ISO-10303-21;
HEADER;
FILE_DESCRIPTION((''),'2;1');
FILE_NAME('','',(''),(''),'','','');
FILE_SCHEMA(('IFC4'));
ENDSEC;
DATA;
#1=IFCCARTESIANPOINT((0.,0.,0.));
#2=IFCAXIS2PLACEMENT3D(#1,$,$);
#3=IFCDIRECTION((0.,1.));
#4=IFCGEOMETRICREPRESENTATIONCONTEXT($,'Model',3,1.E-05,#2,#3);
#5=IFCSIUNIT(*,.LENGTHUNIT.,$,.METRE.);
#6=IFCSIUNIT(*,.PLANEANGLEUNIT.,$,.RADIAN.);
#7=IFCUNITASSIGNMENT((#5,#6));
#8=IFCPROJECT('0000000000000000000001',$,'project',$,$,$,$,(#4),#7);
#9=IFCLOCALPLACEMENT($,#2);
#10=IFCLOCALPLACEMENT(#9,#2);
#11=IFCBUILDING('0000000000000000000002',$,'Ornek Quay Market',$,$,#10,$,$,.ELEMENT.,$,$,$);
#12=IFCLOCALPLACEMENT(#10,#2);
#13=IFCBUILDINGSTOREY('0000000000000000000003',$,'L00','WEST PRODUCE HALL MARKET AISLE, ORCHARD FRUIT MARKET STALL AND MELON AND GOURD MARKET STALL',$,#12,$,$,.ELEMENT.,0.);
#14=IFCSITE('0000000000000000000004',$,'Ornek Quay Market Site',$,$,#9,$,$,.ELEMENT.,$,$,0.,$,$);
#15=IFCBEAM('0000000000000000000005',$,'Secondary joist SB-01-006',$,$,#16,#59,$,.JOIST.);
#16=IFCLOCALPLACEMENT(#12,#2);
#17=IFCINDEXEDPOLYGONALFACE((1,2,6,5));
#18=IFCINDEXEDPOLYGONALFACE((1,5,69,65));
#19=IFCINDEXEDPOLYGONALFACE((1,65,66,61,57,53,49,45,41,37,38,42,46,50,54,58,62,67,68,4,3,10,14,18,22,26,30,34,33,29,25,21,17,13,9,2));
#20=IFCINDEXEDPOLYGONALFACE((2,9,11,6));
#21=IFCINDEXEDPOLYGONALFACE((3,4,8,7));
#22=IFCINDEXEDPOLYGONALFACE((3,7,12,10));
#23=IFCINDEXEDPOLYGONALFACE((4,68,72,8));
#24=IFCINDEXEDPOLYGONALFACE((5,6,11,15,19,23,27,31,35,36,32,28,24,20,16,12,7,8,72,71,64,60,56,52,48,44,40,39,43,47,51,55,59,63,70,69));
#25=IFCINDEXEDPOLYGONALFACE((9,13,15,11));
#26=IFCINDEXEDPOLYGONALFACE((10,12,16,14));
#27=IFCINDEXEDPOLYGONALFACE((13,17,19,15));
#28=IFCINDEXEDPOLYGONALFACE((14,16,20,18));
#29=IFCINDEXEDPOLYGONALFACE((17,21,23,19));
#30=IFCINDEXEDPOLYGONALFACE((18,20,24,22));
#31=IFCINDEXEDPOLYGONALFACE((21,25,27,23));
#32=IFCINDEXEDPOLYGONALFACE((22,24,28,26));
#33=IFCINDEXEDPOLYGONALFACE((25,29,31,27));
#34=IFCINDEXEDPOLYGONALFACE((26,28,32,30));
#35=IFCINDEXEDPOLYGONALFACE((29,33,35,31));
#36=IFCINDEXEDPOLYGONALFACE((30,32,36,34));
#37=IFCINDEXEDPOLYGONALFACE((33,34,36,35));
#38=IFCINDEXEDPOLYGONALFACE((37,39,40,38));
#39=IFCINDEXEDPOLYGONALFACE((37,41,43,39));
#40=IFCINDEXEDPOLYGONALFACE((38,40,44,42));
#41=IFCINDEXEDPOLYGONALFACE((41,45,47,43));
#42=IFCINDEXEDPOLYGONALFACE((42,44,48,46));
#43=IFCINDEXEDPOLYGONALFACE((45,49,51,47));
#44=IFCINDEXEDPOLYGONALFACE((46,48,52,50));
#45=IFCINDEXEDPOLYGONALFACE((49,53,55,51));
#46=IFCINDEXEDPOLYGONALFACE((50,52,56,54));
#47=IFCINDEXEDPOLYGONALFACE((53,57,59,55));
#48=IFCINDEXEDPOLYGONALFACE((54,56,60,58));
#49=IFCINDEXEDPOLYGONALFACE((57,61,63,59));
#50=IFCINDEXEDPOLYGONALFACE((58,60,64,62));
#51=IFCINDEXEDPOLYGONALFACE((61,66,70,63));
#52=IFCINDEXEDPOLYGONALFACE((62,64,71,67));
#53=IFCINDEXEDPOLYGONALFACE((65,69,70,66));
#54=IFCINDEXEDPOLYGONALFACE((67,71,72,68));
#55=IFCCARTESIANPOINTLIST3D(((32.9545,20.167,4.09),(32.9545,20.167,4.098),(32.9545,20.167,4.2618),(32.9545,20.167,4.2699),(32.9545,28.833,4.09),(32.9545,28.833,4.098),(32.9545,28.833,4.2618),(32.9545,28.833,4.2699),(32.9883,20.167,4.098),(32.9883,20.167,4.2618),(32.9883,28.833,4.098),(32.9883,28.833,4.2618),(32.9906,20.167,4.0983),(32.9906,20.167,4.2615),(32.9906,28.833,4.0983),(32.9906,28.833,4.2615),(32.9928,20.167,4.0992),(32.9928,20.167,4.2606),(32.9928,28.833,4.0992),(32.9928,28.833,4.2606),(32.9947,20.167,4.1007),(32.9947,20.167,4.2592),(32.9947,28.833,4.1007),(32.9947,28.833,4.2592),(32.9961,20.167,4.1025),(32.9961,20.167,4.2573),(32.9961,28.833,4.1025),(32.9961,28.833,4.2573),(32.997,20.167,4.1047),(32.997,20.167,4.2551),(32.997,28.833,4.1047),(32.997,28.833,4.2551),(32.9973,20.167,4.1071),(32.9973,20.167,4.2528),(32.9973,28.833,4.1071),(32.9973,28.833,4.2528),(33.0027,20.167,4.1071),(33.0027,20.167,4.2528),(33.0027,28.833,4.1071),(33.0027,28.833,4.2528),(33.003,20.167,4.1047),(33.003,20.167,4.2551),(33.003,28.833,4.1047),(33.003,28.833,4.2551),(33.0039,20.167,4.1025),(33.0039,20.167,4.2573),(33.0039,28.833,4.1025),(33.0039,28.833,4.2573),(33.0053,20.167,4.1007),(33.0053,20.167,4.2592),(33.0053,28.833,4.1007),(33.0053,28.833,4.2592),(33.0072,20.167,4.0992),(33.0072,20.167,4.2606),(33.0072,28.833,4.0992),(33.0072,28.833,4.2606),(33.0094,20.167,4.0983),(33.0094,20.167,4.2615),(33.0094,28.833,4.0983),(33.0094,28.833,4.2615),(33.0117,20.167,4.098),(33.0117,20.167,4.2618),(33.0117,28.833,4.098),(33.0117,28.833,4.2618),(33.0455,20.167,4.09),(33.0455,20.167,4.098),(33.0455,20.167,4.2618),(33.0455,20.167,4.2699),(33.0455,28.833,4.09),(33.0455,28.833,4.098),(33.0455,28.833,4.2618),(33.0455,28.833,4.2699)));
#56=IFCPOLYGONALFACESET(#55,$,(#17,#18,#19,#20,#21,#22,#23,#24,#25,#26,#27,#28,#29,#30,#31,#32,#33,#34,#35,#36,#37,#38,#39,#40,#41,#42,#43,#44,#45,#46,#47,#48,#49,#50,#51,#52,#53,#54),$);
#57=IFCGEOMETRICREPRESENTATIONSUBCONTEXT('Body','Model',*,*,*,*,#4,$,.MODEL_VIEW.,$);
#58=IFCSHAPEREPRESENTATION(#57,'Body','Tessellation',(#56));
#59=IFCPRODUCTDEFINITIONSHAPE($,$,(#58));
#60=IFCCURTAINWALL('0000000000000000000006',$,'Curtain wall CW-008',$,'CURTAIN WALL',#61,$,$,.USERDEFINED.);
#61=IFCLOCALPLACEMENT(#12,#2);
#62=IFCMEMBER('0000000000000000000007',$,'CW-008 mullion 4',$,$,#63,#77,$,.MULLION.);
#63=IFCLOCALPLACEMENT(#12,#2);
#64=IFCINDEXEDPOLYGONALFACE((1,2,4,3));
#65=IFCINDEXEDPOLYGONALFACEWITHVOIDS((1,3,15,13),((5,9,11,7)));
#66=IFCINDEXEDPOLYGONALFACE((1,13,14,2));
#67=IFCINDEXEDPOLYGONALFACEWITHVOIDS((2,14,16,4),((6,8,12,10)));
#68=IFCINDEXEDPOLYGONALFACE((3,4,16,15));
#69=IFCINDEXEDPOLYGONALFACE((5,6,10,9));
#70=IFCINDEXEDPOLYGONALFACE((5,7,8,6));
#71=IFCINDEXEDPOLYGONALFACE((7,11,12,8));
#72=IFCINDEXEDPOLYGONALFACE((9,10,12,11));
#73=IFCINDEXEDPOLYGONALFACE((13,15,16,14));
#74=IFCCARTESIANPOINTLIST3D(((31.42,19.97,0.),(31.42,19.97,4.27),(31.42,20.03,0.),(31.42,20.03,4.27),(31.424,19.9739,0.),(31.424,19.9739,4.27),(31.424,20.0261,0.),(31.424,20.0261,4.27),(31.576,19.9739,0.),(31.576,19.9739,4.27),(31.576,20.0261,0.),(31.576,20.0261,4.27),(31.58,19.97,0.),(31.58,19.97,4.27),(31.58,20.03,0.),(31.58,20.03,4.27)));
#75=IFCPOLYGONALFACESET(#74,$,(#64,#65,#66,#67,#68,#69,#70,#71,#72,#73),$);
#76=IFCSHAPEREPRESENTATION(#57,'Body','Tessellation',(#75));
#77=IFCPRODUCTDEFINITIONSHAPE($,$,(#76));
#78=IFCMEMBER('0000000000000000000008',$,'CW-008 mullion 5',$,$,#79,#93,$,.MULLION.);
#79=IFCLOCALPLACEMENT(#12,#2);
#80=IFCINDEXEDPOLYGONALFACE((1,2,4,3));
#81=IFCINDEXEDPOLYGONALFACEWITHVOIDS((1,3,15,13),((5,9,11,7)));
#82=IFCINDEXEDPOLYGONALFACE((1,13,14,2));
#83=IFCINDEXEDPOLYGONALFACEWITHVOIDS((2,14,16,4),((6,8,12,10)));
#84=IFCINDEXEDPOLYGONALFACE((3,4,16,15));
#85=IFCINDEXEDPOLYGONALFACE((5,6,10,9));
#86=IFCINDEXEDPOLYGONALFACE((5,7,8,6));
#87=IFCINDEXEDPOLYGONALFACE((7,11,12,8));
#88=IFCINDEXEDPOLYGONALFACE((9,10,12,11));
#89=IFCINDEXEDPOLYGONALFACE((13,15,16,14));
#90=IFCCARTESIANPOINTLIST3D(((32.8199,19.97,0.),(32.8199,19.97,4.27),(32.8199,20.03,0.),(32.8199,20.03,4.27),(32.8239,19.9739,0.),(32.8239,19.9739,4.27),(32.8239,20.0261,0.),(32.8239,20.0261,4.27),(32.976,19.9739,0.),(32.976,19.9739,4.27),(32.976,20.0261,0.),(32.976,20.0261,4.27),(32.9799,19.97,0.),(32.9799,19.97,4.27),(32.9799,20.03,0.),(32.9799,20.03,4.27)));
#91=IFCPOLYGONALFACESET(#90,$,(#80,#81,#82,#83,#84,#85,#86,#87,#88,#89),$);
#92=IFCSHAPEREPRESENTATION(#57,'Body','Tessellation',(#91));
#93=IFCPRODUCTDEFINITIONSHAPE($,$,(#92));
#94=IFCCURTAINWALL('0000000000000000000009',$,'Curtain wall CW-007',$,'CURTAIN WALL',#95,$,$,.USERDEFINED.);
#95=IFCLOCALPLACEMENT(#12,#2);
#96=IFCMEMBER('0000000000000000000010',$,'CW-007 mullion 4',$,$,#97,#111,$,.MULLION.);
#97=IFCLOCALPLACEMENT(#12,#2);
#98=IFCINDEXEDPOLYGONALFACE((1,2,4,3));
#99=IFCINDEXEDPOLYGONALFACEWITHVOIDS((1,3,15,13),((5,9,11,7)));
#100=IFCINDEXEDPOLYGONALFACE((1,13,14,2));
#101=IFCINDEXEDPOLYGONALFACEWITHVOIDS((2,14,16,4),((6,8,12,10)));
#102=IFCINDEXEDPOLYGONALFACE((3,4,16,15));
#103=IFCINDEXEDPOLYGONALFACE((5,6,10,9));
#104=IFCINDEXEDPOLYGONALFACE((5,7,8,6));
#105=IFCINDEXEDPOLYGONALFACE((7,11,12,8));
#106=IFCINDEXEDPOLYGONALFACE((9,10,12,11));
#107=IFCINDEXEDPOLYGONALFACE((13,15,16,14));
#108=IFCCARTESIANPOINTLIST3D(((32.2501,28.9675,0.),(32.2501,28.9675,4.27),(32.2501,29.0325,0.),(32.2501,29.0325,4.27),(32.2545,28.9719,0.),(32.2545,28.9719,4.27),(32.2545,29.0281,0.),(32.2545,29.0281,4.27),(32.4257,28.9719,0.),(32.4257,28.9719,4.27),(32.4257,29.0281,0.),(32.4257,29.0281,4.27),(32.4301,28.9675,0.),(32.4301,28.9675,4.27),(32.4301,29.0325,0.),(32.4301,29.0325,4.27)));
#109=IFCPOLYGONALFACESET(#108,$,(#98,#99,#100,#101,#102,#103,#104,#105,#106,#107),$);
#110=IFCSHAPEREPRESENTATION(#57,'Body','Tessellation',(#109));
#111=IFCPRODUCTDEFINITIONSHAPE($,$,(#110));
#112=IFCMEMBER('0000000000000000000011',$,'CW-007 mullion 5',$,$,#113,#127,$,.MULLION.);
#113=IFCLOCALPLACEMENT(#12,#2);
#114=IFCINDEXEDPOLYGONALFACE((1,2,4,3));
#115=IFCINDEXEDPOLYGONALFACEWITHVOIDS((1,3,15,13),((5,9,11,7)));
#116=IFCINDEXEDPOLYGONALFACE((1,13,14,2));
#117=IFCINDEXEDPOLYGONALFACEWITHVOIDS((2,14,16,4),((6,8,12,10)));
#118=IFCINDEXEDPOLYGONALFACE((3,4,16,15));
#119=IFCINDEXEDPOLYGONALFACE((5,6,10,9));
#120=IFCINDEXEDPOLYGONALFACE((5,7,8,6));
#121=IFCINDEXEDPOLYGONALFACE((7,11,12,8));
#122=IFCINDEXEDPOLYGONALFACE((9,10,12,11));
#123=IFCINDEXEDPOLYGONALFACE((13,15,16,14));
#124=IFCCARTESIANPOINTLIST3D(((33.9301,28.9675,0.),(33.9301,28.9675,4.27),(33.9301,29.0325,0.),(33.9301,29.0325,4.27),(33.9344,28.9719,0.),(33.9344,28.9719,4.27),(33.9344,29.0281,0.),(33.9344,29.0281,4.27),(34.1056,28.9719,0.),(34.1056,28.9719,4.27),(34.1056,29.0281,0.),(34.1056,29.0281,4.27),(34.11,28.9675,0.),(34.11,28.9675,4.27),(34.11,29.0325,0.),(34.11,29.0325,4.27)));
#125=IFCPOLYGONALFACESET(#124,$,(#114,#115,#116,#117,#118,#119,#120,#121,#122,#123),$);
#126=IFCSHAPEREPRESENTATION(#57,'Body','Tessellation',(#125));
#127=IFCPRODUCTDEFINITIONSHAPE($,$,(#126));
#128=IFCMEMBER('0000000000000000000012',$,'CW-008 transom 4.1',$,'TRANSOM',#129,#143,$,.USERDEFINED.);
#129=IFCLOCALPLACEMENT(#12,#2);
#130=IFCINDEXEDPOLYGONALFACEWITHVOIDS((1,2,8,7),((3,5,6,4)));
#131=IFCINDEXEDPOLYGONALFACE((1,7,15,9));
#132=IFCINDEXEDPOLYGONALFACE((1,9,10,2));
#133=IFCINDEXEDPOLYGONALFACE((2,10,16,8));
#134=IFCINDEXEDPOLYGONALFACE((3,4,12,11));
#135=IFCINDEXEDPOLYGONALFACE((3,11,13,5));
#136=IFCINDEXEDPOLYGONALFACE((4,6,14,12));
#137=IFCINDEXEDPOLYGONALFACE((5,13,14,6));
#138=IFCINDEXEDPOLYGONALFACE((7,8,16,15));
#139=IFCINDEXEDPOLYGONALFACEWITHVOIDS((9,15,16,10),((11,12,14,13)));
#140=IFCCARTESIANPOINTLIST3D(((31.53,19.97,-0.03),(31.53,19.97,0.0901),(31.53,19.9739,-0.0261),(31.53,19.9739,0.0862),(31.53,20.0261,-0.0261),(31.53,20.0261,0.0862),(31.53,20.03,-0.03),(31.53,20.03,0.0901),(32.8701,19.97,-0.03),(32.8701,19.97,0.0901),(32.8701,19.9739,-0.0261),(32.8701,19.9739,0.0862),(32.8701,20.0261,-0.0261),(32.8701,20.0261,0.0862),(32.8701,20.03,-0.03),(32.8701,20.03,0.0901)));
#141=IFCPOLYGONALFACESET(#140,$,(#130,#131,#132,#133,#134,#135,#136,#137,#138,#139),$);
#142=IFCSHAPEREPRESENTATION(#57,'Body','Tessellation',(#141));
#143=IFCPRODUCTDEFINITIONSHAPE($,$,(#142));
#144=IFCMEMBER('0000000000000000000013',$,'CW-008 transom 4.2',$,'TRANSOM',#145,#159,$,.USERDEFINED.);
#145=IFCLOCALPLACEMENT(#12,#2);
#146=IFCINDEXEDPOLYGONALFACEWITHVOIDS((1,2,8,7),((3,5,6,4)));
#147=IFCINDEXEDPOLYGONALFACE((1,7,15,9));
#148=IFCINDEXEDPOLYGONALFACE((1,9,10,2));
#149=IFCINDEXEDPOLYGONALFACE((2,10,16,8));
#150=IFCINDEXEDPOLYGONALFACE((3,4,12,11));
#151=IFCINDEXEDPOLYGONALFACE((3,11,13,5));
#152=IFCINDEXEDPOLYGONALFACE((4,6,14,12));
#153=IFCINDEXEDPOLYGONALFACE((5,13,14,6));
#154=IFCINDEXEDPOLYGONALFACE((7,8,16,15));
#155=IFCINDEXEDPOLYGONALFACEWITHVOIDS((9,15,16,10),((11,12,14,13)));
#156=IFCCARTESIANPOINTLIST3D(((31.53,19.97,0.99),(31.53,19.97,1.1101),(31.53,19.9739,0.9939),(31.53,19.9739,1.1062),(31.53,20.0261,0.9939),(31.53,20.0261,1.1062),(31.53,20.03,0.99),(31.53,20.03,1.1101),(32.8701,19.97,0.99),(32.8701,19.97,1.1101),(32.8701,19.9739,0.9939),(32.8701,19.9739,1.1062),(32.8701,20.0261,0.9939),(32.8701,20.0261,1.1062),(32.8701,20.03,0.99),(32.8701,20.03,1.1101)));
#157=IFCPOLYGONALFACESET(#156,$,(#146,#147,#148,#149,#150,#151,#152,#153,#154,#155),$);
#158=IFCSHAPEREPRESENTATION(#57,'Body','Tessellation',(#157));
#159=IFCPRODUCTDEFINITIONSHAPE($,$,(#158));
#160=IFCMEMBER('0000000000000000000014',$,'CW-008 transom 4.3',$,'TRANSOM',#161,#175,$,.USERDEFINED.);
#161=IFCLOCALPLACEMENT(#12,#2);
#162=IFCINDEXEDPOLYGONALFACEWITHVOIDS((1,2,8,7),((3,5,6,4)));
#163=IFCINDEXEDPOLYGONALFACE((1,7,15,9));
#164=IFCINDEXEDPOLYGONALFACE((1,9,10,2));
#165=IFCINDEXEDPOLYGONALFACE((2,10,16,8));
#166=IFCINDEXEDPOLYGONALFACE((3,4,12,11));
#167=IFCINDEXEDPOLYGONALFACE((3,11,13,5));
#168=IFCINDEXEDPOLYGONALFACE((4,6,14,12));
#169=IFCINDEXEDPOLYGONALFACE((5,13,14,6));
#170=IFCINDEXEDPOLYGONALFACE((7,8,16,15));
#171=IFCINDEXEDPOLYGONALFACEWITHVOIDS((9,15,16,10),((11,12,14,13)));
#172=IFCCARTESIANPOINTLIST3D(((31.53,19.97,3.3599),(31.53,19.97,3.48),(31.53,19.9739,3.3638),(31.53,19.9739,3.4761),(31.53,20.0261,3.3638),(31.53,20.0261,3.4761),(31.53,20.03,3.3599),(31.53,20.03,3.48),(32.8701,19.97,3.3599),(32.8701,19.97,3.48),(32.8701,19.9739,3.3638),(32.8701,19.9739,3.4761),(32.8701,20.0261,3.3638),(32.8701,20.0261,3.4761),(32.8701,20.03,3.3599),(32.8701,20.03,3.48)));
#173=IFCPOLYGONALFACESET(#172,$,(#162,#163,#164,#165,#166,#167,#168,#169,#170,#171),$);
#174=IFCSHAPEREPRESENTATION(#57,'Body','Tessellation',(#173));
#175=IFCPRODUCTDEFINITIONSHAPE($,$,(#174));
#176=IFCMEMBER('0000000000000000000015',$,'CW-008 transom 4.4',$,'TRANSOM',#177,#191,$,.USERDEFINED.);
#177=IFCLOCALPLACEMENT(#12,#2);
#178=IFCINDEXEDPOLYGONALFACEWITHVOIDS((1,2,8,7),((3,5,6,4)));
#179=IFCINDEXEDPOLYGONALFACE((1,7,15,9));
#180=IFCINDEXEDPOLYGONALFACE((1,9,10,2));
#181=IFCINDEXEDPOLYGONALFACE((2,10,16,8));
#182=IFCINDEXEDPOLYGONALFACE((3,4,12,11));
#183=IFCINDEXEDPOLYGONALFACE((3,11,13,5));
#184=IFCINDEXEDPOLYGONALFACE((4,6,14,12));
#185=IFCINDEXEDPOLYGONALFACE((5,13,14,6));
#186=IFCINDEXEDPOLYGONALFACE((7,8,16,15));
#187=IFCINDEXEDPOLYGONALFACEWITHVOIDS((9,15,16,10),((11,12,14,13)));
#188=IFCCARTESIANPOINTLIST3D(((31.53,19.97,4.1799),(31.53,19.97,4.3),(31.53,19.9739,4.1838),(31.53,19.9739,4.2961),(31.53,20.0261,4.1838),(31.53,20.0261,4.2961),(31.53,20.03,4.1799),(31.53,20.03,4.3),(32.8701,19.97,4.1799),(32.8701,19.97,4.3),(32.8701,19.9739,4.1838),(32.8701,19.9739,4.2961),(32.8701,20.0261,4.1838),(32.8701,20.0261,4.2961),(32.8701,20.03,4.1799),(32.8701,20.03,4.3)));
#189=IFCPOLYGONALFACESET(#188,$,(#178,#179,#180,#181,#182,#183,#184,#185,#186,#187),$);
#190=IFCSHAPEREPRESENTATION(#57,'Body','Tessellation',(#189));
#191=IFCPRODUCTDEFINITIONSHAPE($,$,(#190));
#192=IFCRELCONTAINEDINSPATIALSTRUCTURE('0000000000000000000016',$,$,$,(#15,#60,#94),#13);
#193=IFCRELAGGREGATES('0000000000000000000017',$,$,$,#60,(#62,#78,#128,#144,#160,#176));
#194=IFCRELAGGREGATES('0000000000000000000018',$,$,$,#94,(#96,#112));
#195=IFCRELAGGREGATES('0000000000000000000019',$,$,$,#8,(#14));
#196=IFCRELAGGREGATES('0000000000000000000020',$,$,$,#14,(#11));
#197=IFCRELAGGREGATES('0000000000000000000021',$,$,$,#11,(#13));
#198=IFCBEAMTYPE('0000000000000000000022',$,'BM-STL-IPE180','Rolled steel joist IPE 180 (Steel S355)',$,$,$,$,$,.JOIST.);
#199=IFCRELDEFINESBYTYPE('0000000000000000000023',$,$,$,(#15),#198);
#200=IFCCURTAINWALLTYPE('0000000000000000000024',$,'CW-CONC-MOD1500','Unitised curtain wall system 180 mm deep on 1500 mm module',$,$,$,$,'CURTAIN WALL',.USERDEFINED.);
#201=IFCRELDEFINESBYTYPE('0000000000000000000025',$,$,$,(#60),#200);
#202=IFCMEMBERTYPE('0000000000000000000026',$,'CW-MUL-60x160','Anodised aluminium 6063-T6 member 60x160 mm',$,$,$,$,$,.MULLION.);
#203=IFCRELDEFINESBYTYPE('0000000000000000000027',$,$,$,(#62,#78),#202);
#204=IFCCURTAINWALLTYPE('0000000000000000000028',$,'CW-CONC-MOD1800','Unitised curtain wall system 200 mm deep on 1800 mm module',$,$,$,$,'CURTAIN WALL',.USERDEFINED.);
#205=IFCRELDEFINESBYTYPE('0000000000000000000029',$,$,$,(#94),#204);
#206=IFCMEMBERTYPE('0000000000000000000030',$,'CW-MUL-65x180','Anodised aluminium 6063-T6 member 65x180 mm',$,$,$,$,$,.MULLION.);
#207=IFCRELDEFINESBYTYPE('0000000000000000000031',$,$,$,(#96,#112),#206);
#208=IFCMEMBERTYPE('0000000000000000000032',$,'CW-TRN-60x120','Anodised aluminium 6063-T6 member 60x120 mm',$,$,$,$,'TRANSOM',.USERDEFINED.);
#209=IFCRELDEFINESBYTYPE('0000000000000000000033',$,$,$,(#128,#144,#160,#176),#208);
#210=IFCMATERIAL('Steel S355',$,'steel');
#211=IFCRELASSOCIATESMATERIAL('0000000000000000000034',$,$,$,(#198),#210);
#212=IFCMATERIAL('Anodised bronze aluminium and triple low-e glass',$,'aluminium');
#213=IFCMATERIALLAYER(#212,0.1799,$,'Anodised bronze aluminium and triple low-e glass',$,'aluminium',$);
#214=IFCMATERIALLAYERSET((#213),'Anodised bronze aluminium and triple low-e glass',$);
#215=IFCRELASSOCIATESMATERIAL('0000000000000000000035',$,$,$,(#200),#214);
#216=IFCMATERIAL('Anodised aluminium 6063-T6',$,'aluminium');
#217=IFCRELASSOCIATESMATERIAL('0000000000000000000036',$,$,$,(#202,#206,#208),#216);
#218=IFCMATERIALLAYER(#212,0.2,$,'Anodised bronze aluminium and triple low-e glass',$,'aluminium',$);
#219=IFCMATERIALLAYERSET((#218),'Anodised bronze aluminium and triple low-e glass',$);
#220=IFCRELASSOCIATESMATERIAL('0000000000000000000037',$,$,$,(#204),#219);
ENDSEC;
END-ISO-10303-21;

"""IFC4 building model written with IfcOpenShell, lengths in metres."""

from ifc_helpers import new_model, si_unit, direction, frame, origin, origin_2d, place, context, subcontext, project, spatial, hollow_rectangle, i_section, extrude, material, layer, layer_set, material_profile, profile_set, type_object, element, aggregate, save


model = new_model("IFC4")

# Units and contexts
model_context = context("Model", 3, precision=1e-05, world=origin(), true_north=direction((0.0, 1.0)))
body_context = subcontext(model_context, "Body", "Model", "MODEL_VIEW")
ifc_project = project(units=[si_unit("LENGTHUNIT", "METRE"), si_unit("PLANEANGLEUNIT", "RADIAN")], contexts=[model_context])

# Site, building, storey
site_placement = place(None, origin())
site = spatial("IfcSite", under=ifc_project, at=site_placement, Name="Ornek Quay Market Site", CompositionType="ELEMENT", RefElevation=0.0)
building_placement = place(site_placement, origin())
building = spatial("IfcBuilding", under=site, at=building_placement, Name="Ornek Quay Market", CompositionType="ELEMENT")
storey_placement = place(building_placement, origin())
storey = spatial("IfcBuildingStorey", under=building, at=storey_placement, Name="L00", Description="WEST PRODUCE HALL MARKET AISLE, ORCHARD FRUIT MARKET STALL AND MELON AND GOURD MARKET STALL", CompositionType="ELEMENT", Elevation=0.0)

# Beam
ifc_material_1 = material(Name="Steel S355", Category="steel")
ifc_material_profile_1 = material_profile(ifc_material_1, i_section(OverallWidth=0.0911, OverallDepth=0.1799, WebThickness=0.0054, FlangeThickness=0.0081, FilletRadius=0.009, at=origin_2d()), Name="IPE 180", Category="steel")
ifc_profile_set_1 = profile_set([ifc_material_profile_1], Name="Steel S355")
beam_type = type_object("IfcBeamType", Name="BM-STL-IPE180", Description="Rolled steel joist IPE 180 (Steel S355)", PredefinedType="JOIST", material=ifc_profile_set_1)
beam_placement = place(storey_placement, frame((33.0, 20.167, 4.1799), z_axis=(0.0, 1.0, 0.0), x_axis=(-1.0, 0.0, 0.0)))
element("IfcBeam", 1, at=beam_placement, inside=storey, type_object=beam_type, Name="Secondary joist SB-01-006", PredefinedType="JOIST", context=body_context, shape_type="SweptSolid", body=[
    extrude(i_section(OverallWidth=0.0911, OverallDepth=0.1799, WebThickness=0.0054, FlangeThickness=0.0081, FilletRadius=0.009, at=origin_2d()), origin(), (0.0, 0.0, 1.0), 8.666),
])

# Curtain walls, members
ifc_material_2 = material(Name="Anodised bronze aluminium and triple low-e glass", Category="aluminium")
ifc_layer_1 = layer(ifc_material_2, 0.1799, Name="Anodised bronze aluminium and triple low-e glass", Category="aluminium")
ifc_layer_set_1 = layer_set([ifc_layer_1], Name="Anodised bronze aluminium and triple low-e glass")
curtain_wall_type_1 = type_object("IfcCurtainWallType", Name="CW-CONC-MOD1500", Description="Unitised curtain wall system 180 mm deep on 1500 mm module", ElementType="CURTAIN WALL", PredefinedType="USERDEFINED", material=ifc_layer_set_1)
curtain_wall_1_placement = place(storey_placement, origin())
curtain_wall_1 = element("IfcCurtainWall", 2, at=curtain_wall_1_placement, inside=storey, type_object=curtain_wall_type_1, Name="Curtain wall CW-008", ObjectType="CURTAIN WALL", PredefinedType="USERDEFINED")
ifc_material_3 = material(Name="Anodised aluminium 6063-T6", Category="aluminium")
ifc_material_profile_2 = material_profile(ifc_material_3, hollow_rectangle(XDim=0.0601, YDim=0.1599, WallThickness=0.0039, at=origin_2d()), Name="CW-MUL-60x160", Category="aluminium")
ifc_profile_set_2 = profile_set([ifc_material_profile_2], Name="Anodised aluminium 6063-T6")
member_type_1 = type_object("IfcMemberType", Name="CW-MUL-60x160", Description="Anodised aluminium 6063-T6 member 60x160 mm", PredefinedType="MULLION", material=ifc_profile_set_2)
member_1_placement = place(storey_placement, frame((31.5, 20.0, 0.0), z_axis=(0.0, 0.0, 1.0), x_axis=(0.0, 1.0, 0.0)))
member_1 = element("IfcMember", 3, at=member_1_placement, type_object=member_type_1, Name="CW-008 mullion 4", PredefinedType="MULLION", context=body_context, shape_type="SweptSolid", body=[
    extrude(hollow_rectangle(XDim=0.0601, YDim=0.1599, WallThickness=0.0039, at=origin_2d()), origin(), (0.0, 0.0, 1.0), 4.27),
])
member_2_placement = place(storey_placement, frame((32.8999, 20.0, 0.0), z_axis=(0.0, 0.0, 1.0), x_axis=(0.0, 1.0, 0.0)))
member_2 = element("IfcMember", 4, at=member_2_placement, type_object=member_type_1, Name="CW-008 mullion 5", PredefinedType="MULLION", context=body_context, shape_type="SweptSolid", body=[
    extrude(hollow_rectangle(XDim=0.0601, YDim=0.1599, WallThickness=0.0039, at=origin_2d()), origin(), (0.0, 0.0, 1.0), 4.27),
])
ifc_layer_2 = layer(ifc_material_2, 0.2, Name="Anodised bronze aluminium and triple low-e glass", Category="aluminium")
ifc_layer_set_2 = layer_set([ifc_layer_2], Name="Anodised bronze aluminium and triple low-e glass")
curtain_wall_type_2 = type_object("IfcCurtainWallType", Name="CW-CONC-MOD1800", Description="Unitised curtain wall system 200 mm deep on 1800 mm module", ElementType="CURTAIN WALL", PredefinedType="USERDEFINED", material=ifc_layer_set_2)
curtain_wall_2_placement = place(storey_placement, origin())
curtain_wall_2 = element("IfcCurtainWall", 5, at=curtain_wall_2_placement, inside=storey, type_object=curtain_wall_type_2, Name="Curtain wall CW-007", ObjectType="CURTAIN WALL", PredefinedType="USERDEFINED")
ifc_material_profile_3 = material_profile(ifc_material_3, hollow_rectangle(XDim=0.0649, YDim=0.1799, WallThickness=0.0044, at=origin_2d()), Name="CW-MUL-65x180", Category="aluminium")
ifc_profile_set_3 = profile_set([ifc_material_profile_3], Name="Anodised aluminium 6063-T6")
member_type_2 = type_object("IfcMemberType", Name="CW-MUL-65x180", Description="Anodised aluminium 6063-T6 member 65x180 mm", PredefinedType="MULLION", material=ifc_profile_set_3)
member_3_placement = place(storey_placement, frame((32.3401, 29.0, 0.0), z_axis=(0.0, 0.0, 1.0), x_axis=(0.0, 1.0, 0.0)))
member_3 = element("IfcMember", 6, at=member_3_placement, type_object=member_type_2, Name="CW-007 mullion 4", PredefinedType="MULLION", context=body_context, shape_type="SweptSolid", body=[
    extrude(hollow_rectangle(XDim=0.0649, YDim=0.1799, WallThickness=0.0044, at=origin_2d()), origin(), (0.0, 0.0, 1.0), 4.27),
])
member_4_placement = place(storey_placement, frame((34.02, 29.0, 0.0), z_axis=(0.0, 0.0, 1.0), x_axis=(0.0, 1.0, 0.0)))
member_4 = element("IfcMember", 7, at=member_4_placement, type_object=member_type_2, Name="CW-007 mullion 5", PredefinedType="MULLION", context=body_context, shape_type="SweptSolid", body=[
    extrude(hollow_rectangle(XDim=0.0649, YDim=0.1799, WallThickness=0.0044, at=origin_2d()), origin(), (0.0, 0.0, 1.0), 4.27),
])

# Members
ifc_material_profile_4 = material_profile(ifc_material_3, hollow_rectangle(XDim=0.0601, YDim=0.1201, WallThickness=0.0039, at=origin_2d()), Name="CW-TRN-60x120", Category="aluminium")
ifc_profile_set_4 = profile_set([ifc_material_profile_4], Name="Anodised aluminium 6063-T6")
member_type_3 = type_object("IfcMemberType", Name="CW-TRN-60x120", Description="Anodised aluminium 6063-T6 member 60x120 mm", ElementType="TRANSOM", PredefinedType="USERDEFINED", material=ifc_profile_set_4)
member_5_placement = place(storey_placement, frame((31.53, 20.0, 0.03), z_axis=(1.0, 0.0, 0.0), x_axis=(0.0, 1.0, 0.0)))
member_5 = element("IfcMember", 8, at=member_5_placement, type_object=member_type_3, Name="CW-008 transom 4.1", ObjectType="TRANSOM", PredefinedType="USERDEFINED", context=body_context, shape_type="SweptSolid", body=[
    extrude(hollow_rectangle(XDim=0.0601, YDim=0.1201, WallThickness=0.0039, at=origin_2d()), origin(), (0.0, 0.0, 1.0), 1.3401),
])
member_6_placement = place(storey_placement, frame((31.53, 20.0, 1.05), z_axis=(1.0, 0.0, 0.0), x_axis=(0.0, 1.0, 0.0)))
member_6 = element("IfcMember", 9, at=member_6_placement, type_object=member_type_3, Name="CW-008 transom 4.2", ObjectType="TRANSOM", PredefinedType="USERDEFINED", context=body_context, shape_type="SweptSolid", body=[
    extrude(hollow_rectangle(XDim=0.0601, YDim=0.1201, WallThickness=0.0039, at=origin_2d()), origin(), (0.0, 0.0, 1.0), 1.3401),
])
member_7_placement = place(storey_placement, frame((31.53, 20.0, 3.4199), z_axis=(1.0, 0.0, 0.0), x_axis=(0.0, 1.0, 0.0)))
member_7 = element("IfcMember", 10, at=member_7_placement, type_object=member_type_3, Name="CW-008 transom 4.3", ObjectType="TRANSOM", PredefinedType="USERDEFINED", context=body_context, shape_type="SweptSolid", body=[
    extrude(hollow_rectangle(XDim=0.0601, YDim=0.1201, WallThickness=0.0039, at=origin_2d()), origin(), (0.0, 0.0, 1.0), 1.3401),
])
member_8_placement = place(storey_placement, frame((31.53, 20.0, 4.24), z_axis=(1.0, 0.0, 0.0), x_axis=(0.0, 1.0, 0.0)))
member_8 = element("IfcMember", 11, at=member_8_placement, type_object=member_type_3, Name="CW-008 transom 4.4", ObjectType="TRANSOM", PredefinedType="USERDEFINED", context=body_context, shape_type="SweptSolid", body=[
    extrude(hollow_rectangle(XDim=0.0601, YDim=0.1201, WallThickness=0.0039, at=origin_2d()), origin(), (0.0, 0.0, 1.0), 1.3401),
])

aggregate(curtain_wall_1, [member_1, member_2, member_5, member_6, member_7, member_8])
aggregate(curtain_wall_2, [member_3, member_4])

save(model, "model.ifc")
